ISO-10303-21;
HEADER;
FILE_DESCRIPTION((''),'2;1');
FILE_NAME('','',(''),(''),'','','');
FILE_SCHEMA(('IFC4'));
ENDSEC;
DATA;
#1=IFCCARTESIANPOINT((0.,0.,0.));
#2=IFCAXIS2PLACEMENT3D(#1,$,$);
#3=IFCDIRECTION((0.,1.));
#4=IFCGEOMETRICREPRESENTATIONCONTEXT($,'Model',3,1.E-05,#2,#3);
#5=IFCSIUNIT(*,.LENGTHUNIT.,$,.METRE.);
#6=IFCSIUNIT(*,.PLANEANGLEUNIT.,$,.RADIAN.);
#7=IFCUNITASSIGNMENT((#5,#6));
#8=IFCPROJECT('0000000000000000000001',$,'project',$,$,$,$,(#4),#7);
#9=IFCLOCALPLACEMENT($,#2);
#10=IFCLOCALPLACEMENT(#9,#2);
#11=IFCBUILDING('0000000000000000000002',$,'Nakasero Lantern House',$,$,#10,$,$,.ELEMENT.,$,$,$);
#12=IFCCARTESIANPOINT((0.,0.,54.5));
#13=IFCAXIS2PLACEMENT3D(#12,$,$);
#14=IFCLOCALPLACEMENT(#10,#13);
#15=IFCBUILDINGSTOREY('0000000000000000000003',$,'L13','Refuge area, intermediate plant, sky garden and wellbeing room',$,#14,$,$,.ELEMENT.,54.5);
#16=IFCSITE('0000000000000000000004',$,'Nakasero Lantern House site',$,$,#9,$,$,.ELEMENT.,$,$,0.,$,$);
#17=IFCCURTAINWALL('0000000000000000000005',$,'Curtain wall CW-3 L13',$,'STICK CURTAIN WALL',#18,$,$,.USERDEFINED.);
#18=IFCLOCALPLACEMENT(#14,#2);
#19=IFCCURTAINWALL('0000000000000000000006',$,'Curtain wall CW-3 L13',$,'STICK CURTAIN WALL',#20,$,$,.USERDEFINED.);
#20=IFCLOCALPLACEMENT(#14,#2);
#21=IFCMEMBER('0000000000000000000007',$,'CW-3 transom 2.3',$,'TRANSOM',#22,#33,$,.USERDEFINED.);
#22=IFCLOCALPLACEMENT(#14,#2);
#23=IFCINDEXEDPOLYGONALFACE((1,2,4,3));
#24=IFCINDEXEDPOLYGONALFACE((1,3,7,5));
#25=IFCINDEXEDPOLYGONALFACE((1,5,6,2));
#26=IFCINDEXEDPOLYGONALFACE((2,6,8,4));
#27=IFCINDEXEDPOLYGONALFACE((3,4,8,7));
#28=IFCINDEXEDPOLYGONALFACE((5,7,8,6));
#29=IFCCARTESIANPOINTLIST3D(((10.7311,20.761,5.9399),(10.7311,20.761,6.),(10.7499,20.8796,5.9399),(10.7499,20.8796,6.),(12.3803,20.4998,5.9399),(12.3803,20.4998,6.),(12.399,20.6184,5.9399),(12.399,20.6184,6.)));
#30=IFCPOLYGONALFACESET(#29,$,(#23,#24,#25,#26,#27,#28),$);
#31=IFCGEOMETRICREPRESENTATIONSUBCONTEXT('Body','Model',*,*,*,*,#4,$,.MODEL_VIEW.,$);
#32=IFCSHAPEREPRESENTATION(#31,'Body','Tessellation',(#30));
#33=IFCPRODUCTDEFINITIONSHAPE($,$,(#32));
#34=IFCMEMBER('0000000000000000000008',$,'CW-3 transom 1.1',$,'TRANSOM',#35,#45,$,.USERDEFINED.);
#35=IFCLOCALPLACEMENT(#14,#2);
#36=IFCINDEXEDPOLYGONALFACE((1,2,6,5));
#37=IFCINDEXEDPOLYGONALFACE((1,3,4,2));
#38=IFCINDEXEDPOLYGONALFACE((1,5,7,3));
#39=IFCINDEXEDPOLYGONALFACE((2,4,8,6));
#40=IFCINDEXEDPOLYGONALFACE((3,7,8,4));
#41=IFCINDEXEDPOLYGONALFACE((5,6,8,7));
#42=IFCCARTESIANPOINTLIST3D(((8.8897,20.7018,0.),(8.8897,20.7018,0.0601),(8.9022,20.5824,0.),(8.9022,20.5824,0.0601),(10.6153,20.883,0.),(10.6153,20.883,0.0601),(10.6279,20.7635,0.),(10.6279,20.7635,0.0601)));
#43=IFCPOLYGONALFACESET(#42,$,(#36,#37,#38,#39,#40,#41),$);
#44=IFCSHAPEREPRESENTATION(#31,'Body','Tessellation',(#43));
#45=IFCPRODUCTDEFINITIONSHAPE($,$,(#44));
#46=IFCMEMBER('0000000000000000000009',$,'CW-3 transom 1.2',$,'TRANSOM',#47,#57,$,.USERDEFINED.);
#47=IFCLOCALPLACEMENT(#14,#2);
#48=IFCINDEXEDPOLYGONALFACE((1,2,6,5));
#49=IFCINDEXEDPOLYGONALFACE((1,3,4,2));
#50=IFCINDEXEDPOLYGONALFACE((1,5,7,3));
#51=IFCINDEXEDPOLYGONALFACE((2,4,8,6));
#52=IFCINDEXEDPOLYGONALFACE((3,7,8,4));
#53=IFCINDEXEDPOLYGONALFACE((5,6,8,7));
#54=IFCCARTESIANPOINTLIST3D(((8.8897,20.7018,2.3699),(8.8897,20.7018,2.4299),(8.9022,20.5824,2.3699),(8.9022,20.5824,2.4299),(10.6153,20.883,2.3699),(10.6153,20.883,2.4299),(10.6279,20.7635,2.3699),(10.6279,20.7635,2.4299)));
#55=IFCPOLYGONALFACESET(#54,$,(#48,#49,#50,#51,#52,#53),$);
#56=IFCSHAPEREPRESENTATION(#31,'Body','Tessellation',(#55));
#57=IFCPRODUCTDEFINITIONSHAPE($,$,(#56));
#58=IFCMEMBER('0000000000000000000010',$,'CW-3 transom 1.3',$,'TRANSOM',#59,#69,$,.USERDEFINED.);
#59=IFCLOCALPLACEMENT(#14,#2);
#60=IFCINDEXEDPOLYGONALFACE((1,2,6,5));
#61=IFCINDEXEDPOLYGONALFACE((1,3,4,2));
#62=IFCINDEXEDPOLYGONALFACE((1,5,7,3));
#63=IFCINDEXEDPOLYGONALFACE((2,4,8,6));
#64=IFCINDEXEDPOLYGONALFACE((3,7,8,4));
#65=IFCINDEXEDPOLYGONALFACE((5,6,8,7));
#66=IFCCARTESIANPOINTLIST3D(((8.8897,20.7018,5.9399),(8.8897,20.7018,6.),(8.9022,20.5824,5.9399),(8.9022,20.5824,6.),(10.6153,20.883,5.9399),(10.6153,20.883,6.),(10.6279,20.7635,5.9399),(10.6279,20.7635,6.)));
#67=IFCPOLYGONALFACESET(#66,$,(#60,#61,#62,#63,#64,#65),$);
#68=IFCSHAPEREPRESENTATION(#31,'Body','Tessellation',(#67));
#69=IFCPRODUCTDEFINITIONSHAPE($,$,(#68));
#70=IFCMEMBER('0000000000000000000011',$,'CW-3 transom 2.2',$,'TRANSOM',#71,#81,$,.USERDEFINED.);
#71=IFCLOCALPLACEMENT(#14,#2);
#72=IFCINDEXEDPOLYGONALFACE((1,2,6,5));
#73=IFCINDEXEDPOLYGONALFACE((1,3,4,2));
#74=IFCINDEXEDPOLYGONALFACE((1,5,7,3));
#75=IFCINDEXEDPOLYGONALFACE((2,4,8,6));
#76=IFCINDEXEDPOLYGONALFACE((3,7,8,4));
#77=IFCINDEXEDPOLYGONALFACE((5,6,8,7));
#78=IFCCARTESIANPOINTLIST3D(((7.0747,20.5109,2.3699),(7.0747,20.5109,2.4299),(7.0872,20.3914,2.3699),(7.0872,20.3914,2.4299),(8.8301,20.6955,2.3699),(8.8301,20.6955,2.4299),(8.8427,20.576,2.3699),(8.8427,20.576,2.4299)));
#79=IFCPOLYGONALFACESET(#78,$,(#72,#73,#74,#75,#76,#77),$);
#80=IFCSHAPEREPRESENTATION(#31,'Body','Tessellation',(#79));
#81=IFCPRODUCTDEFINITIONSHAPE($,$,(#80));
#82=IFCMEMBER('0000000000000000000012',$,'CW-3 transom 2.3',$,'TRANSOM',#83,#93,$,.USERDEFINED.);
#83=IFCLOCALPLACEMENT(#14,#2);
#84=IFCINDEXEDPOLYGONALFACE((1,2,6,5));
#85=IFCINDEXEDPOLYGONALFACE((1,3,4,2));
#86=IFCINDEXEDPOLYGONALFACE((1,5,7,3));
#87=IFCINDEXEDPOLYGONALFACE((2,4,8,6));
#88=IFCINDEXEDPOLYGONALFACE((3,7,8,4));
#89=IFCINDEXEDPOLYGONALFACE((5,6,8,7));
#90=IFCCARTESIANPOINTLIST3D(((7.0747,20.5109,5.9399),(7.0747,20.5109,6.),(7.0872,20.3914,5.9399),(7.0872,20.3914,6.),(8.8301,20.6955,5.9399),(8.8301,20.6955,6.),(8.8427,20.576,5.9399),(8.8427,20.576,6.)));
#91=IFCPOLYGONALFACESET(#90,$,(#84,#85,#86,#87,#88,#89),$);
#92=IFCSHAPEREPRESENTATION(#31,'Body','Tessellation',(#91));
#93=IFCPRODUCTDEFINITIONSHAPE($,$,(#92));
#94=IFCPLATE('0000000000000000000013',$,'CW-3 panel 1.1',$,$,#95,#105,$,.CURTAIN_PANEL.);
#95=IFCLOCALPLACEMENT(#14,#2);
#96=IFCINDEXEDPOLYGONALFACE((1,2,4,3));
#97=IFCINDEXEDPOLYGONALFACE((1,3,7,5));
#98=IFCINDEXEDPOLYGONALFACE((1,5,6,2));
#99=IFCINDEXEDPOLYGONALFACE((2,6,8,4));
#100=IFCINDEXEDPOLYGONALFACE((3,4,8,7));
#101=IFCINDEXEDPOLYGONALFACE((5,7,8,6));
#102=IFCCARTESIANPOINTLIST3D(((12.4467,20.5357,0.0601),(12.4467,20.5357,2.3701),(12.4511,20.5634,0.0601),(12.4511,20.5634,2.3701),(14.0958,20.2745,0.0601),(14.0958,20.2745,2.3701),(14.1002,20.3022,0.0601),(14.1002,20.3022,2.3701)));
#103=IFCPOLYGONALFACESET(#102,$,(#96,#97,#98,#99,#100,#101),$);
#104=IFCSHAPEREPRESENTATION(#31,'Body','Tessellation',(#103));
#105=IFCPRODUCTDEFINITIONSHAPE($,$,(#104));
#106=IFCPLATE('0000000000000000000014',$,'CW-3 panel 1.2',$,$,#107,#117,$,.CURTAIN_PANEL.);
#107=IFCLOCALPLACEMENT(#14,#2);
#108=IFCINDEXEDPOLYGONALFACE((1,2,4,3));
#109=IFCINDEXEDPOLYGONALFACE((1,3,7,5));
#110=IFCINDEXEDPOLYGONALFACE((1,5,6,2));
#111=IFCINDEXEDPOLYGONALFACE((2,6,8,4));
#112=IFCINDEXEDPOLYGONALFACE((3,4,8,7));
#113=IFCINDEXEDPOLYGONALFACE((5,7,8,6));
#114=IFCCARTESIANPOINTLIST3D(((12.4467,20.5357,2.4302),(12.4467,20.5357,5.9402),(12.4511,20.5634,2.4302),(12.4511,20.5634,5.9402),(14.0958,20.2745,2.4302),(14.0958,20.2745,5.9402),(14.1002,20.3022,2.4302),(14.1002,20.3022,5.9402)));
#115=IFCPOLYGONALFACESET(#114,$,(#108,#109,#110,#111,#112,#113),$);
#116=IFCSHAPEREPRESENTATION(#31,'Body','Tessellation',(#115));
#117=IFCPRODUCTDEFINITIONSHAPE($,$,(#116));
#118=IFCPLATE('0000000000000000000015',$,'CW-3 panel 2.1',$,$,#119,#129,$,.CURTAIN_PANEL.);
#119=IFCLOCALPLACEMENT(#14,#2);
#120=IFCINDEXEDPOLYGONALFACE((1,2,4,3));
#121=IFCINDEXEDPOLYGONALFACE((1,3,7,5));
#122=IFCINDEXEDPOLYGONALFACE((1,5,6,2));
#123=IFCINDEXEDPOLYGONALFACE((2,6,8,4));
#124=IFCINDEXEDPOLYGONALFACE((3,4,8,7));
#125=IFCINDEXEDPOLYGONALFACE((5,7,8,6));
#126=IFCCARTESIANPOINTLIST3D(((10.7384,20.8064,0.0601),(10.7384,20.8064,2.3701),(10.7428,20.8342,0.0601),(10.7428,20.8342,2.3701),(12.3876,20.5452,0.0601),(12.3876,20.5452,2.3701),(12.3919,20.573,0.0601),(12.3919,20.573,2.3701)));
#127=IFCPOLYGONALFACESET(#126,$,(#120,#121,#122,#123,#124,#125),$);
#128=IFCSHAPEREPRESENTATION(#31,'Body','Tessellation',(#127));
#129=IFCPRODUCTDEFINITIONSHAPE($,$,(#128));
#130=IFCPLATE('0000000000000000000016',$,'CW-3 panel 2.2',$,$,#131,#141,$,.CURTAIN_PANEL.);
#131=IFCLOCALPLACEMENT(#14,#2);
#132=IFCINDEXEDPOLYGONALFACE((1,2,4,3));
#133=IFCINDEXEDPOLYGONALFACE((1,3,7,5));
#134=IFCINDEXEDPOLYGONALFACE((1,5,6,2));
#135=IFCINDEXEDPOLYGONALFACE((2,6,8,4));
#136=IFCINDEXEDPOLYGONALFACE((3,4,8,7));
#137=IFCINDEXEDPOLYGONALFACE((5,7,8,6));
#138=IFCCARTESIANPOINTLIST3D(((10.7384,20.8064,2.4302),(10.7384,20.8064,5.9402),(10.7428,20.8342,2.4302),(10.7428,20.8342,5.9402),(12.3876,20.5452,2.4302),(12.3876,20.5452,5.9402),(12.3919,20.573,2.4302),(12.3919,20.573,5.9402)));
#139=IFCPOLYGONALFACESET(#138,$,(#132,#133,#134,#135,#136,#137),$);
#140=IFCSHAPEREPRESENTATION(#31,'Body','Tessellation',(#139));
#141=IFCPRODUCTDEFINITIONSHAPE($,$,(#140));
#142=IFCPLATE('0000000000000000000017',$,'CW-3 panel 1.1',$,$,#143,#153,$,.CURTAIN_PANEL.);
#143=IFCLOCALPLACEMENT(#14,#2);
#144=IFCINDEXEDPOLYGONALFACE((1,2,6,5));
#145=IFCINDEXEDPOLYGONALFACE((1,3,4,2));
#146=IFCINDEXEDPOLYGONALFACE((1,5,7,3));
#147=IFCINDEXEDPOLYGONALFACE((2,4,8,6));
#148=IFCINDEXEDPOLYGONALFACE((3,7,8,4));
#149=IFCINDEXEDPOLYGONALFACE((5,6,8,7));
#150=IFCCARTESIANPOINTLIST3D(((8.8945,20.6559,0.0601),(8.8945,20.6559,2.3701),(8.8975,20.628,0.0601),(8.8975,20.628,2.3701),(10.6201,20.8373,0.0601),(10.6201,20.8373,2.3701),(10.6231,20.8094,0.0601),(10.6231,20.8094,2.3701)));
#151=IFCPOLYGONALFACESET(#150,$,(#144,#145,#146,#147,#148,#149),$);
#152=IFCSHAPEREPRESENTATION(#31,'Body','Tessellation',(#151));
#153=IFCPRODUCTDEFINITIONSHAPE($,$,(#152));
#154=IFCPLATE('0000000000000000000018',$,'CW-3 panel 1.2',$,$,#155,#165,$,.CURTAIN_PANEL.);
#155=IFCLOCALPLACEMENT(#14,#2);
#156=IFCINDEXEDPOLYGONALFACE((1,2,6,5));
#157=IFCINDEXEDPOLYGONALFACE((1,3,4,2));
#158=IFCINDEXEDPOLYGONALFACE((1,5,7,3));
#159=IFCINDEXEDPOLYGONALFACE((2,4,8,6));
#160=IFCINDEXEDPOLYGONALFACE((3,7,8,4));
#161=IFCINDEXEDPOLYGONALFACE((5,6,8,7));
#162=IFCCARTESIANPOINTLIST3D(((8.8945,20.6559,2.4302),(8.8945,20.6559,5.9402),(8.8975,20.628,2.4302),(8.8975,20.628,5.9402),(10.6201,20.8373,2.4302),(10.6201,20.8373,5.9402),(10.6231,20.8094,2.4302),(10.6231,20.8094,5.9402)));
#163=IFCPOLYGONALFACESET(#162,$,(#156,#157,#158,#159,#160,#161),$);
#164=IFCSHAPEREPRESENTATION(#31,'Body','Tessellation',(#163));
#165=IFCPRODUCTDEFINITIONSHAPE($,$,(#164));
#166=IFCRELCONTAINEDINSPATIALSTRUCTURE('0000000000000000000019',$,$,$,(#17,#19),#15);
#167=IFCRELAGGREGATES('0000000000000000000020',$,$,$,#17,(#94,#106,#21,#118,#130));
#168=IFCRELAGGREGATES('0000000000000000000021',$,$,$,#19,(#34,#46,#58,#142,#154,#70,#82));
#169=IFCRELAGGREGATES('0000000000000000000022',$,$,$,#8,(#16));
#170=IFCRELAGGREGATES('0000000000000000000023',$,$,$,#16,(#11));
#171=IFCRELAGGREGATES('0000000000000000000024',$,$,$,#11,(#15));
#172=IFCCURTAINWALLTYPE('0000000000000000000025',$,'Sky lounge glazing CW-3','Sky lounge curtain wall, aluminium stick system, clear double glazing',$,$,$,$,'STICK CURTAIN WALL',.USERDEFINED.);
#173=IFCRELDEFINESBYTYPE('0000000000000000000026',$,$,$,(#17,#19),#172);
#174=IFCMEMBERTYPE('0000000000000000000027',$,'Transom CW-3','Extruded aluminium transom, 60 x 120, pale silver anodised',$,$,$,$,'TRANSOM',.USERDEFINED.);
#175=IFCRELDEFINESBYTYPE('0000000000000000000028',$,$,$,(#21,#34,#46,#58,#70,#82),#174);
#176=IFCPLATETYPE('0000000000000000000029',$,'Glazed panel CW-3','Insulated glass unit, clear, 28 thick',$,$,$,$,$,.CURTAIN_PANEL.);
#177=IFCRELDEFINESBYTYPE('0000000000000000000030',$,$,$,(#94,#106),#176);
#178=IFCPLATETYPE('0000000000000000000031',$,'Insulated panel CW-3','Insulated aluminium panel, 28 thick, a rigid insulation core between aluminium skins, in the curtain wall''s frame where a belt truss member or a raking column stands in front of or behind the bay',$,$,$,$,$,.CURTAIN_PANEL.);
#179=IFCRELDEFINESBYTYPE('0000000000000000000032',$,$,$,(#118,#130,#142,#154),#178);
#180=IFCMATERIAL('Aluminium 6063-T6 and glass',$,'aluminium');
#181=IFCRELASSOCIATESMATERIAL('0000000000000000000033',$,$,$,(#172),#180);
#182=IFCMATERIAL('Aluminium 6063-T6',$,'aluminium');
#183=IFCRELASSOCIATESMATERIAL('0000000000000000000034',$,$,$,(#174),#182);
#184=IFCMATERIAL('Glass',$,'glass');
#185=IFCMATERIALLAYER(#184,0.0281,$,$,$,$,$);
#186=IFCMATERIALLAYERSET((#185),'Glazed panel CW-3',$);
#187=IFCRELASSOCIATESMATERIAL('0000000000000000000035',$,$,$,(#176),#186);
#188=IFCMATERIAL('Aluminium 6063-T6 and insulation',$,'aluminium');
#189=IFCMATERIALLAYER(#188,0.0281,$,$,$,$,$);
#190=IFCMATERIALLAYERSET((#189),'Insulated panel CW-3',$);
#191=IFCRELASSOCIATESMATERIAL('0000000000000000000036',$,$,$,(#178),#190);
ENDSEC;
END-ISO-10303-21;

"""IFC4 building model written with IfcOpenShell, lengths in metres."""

from ifc_helpers import new_model, si_unit, direction, frame, origin, origin_2d, place, context, subcontext, project, spatial, rectangle, extrude, material, layer, layer_set, material_profile, profile_set, type_object, element, aggregate, save


model = new_model("IFC4")

# Units and contexts
model_context = context("Model", 3, precision=1e-05, world=origin(), true_north=direction((0.0, 1.0)))
body_context = subcontext(model_context, "Body", "Model", "MODEL_VIEW")
ifc_project = project(units=[si_unit("LENGTHUNIT", "METRE"), si_unit("PLANEANGLEUNIT", "RADIAN")], contexts=[model_context])

# Site, building, storey
site_placement = place(None, origin())
site = spatial("IfcSite", under=ifc_project, at=site_placement, Name="Nakasero Lantern House site", CompositionType="ELEMENT", RefElevation=0.0)
building_placement = place(site_placement, origin())
building = spatial("IfcBuilding", under=site, at=building_placement, Name="Nakasero Lantern House", CompositionType="ELEMENT")
storey_placement = place(building_placement, frame((0.0, 0.0, 54.5)))
storey = spatial("IfcBuildingStorey", under=building, at=storey_placement, Name="L13", Description="Refuge area, intermediate plant, sky garden and wellbeing room", CompositionType="ELEMENT", Elevation=54.5)

# Shared definitions
ifc_material_1 = material(Name="Aluminium 6063-T6 and glass", Category="aluminium")
curtain_wall_type = type_object("IfcCurtainWallType", Name="Sky lounge glazing CW-3", Description="Sky lounge curtain wall, aluminium stick system, clear double glazing", ElementType="STICK CURTAIN WALL", PredefinedType="USERDEFINED", material=ifc_material_1)

# Curtain walls
curtain_wall_1_placement = place(storey_placement, origin())
curtain_wall_1 = element("IfcCurtainWall", 1, at=curtain_wall_1_placement, inside=storey, type_object=curtain_wall_type, Name="Curtain wall CW-3 L13", ObjectType="STICK CURTAIN WALL", PredefinedType="USERDEFINED")
curtain_wall_2_placement = place(storey_placement, origin())
curtain_wall_2 = element("IfcCurtainWall", 2, at=curtain_wall_2_placement, inside=storey, type_object=curtain_wall_type, Name="Curtain wall CW-3 L13", ObjectType="STICK CURTAIN WALL", PredefinedType="USERDEFINED")

# Members
ifc_material_2 = material(Name="Aluminium 6063-T6", Category="aluminium")
ifc_material_profile_1 = material_profile(ifc_material_2, rectangle(XDim=0.0601, YDim=0.1201, at=origin_2d()), Name="CW-3 transom 60x120")
ifc_profile_set_1 = profile_set([ifc_material_profile_1], Name="Aluminium 6063-T6")
member_type_1 = type_object("IfcMemberType", Name="Transom CW-3", Description="Extruded aluminium transom, 60 x 120, pale silver anodised", ElementType="TRANSOM", PredefinedType="USERDEFINED", material=ifc_profile_set_1)
member_1_placement = place(storey_placement, frame((12.3896, 20.5591, 5.97), z_axis=(-0.987686, 0.156451, 0.0), x_axis=(0.0, 0.0, 1.0)))
member_1 = element("IfcMember", 3, at=member_1_placement, type_object=member_type_1, Name="CW-3 transom 2.3", ObjectType="TRANSOM", PredefinedType="USERDEFINED", context=body_context, shape_type="SweptSolid", body=[
    extrude(rectangle(XDim=0.0601, YDim=0.1201, at=origin_2d()), origin(), (0.0, 0.0, 1.0), 1.6697),
])
member_2_placement = place(storey_placement, frame((10.6216, 20.8232, 0.03), z_axis=(-0.994535, -0.104406, 0.0), x_axis=(0.0, 0.0, 1.0)))
member_2 = element("IfcMember", 4, at=member_2_placement, type_object=member_type_1, Name="CW-3 transom 1.1", ObjectType="TRANSOM", PredefinedType="USERDEFINED", context=body_context, shape_type="SweptSolid", body=[
    extrude(rectangle(XDim=0.0601, YDim=0.1201, at=origin_2d()), origin(), (0.0, 0.0, 1.0), 1.7351),
])
member_3_placement = place(storey_placement, frame((10.6216, 20.8232, 2.3999), z_axis=(-0.994535, -0.104406, 0.0), x_axis=(0.0, 0.0, 1.0)))
member_3 = element("IfcMember", 5, at=member_3_placement, type_object=member_type_1, Name="CW-3 transom 1.2", ObjectType="TRANSOM", PredefinedType="USERDEFINED", context=body_context, shape_type="SweptSolid", body=[
    extrude(rectangle(XDim=0.0601, YDim=0.1201, at=origin_2d()), origin(), (0.0, 0.0, 1.0), 1.7351),
])
member_4_placement = place(storey_placement, frame((10.6216, 20.8232, 5.97), z_axis=(-0.994535, -0.104406, 0.0), x_axis=(0.0, 0.0, 1.0)))
member_4 = element("IfcMember", 6, at=member_4_placement, type_object=member_type_1, Name="CW-3 transom 1.3", ObjectType="TRANSOM", PredefinedType="USERDEFINED", context=body_context, shape_type="SweptSolid", body=[
    extrude(rectangle(XDim=0.0601, YDim=0.1201, at=origin_2d()), origin(), (0.0, 0.0, 1.0), 1.7351),
])
member_5_placement = place(storey_placement, frame((8.8364, 20.6357, 2.3999), z_axis=(-0.994518, -0.10457, 0.0), x_axis=(0.0, 0.0, 1.0)))
member_5 = element("IfcMember", 7, at=member_5_placement, type_object=member_type_1, Name="CW-3 transom 2.2", ObjectType="TRANSOM", PredefinedType="USERDEFINED", context=body_context, shape_type="SweptSolid", body=[
    extrude(rectangle(XDim=0.0601, YDim=0.1201, at=origin_2d()), origin(), (0.0, 0.0, 1.0), 1.7651),
])
member_6_placement = place(storey_placement, frame((8.8364, 20.6357, 5.97), z_axis=(-0.994518, -0.10457, 0.0), x_axis=(0.0, 0.0, 1.0)))
member_6 = element("IfcMember", 8, at=member_6_placement, type_object=member_type_1, Name="CW-3 transom 2.3", ObjectType="TRANSOM", PredefinedType="USERDEFINED", context=body_context, shape_type="SweptSolid", body=[
    extrude(rectangle(XDim=0.0601, YDim=0.1201, at=origin_2d()), origin(), (0.0, 0.0, 1.0), 1.7651),
])

# Plates
ifc_material_3 = material(Name="Glass", Category="glass")
ifc_layer_1 = layer(ifc_material_3, 0.0281)
ifc_layer_set_1 = layer_set([ifc_layer_1], Name="Glazed panel CW-3")
plate_type_1 = type_object("IfcPlateType", Name="Glazed panel CW-3", Description="Insulated glass unit, clear, 28 thick", PredefinedType="CURTAIN_PANEL", material=ifc_layer_set_1)
plate_1_placement = place(storey_placement, frame((13.2734, 20.4189, 0.0601), z_axis=(0.0, 0.0, 1.0), x_axis=(-0.987688, 0.156434, 0.0)))
plate_1 = element("IfcPlate", 9, at=plate_1_placement, type_object=plate_type_1, Name="CW-3 panel 1.1", PredefinedType="CURTAIN_PANEL", context=body_context, shape_type="SweptSolid", body=[
    extrude(rectangle(XDim=1.6697, YDim=0.0281, at=origin_2d()), origin(), (0.0, 0.0, 1.0), 2.3101),
])
plate_2_placement = place(storey_placement, frame((13.2734, 20.4189, 2.4302), z_axis=(0.0, 0.0, 1.0), x_axis=(-0.987688, 0.156434, 0.0)))
plate_2 = element("IfcPlate", 10, at=plate_2_placement, type_object=plate_type_1, Name="CW-3 panel 1.2", PredefinedType="CURTAIN_PANEL", context=body_context, shape_type="SweptSolid", body=[
    extrude(rectangle(XDim=1.6697, YDim=0.0281, at=origin_2d()), origin(), (0.0, 0.0, 1.0), 3.51),
])
ifc_material_4 = material(Name="Aluminium 6063-T6 and insulation", Category="aluminium")
ifc_layer_2 = layer(ifc_material_4, 0.0281)
ifc_layer_set_2 = layer_set([ifc_layer_2], Name="Insulated panel CW-3")
plate_type_2 = type_object("IfcPlateType", Name="Insulated panel CW-3", Description="Insulated aluminium panel, 28 thick, a rigid insulation core between aluminium skins, in the curtain wall's frame where a belt truss member or a raking column stands in front of or behind the bay", PredefinedType="CURTAIN_PANEL", material=ifc_layer_set_2)
plate_3_placement = place(storey_placement, frame((11.5652, 20.6897, 0.0601), z_axis=(0.0, 0.0, 1.0), x_axis=(-0.987688, 0.156434, 0.0)))
plate_3 = element("IfcPlate", 11, at=plate_3_placement, type_object=plate_type_2, Name="CW-3 panel 2.1", PredefinedType="CURTAIN_PANEL", context=body_context, shape_type="SweptSolid", body=[
    extrude(rectangle(XDim=1.6697, YDim=0.0281, at=origin_2d()), origin(), (0.0, 0.0, 1.0), 2.3101),
])
plate_4_placement = place(storey_placement, frame((11.5652, 20.6897, 2.4302), z_axis=(0.0, 0.0, 1.0), x_axis=(-0.987688, 0.156434, 0.0)))
plate_4 = element("IfcPlate", 12, at=plate_4_placement, type_object=plate_type_2, Name="CW-3 panel 2.2", PredefinedType="CURTAIN_PANEL", context=body_context, shape_type="SweptSolid", body=[
    extrude(rectangle(XDim=1.6697, YDim=0.0281, at=origin_2d()), origin(), (0.0, 0.0, 1.0), 3.51),
])
aggregate(curtain_wall_1, [plate_1, plate_2, member_1, plate_3, plate_4])
plate_5_placement = place(storey_placement, frame((9.7588, 20.7327, 0.0601), z_axis=(0.0, 0.0, 1.0), x_axis=(-0.994522, -0.104528, 0.0)))
plate_5 = element("IfcPlate", 13, at=plate_5_placement, type_object=plate_type_2, Name="CW-3 panel 1.1", PredefinedType="CURTAIN_PANEL", context=body_context, shape_type="SweptSolid", body=[
    extrude(rectangle(XDim=1.7351, YDim=0.0281, at=origin_2d()), origin(), (0.0, 0.0, 1.0), 2.3101),
])
plate_6_placement = place(storey_placement, frame((9.7588, 20.7327, 2.4302), z_axis=(0.0, 0.0, 1.0), x_axis=(-0.994522, -0.104528, 0.0)))
plate_6 = element("IfcPlate", 14, at=plate_6_placement, type_object=plate_type_2, Name="CW-3 panel 1.2", PredefinedType="CURTAIN_PANEL", context=body_context, shape_type="SweptSolid", body=[
    extrude(rectangle(XDim=1.7351, YDim=0.0281, at=origin_2d()), origin(), (0.0, 0.0, 1.0), 3.51),
])
aggregate(curtain_wall_2, [member_2, member_3, member_4, plate_5, plate_6, member_5, member_6])

save(model, "model.ifc")
